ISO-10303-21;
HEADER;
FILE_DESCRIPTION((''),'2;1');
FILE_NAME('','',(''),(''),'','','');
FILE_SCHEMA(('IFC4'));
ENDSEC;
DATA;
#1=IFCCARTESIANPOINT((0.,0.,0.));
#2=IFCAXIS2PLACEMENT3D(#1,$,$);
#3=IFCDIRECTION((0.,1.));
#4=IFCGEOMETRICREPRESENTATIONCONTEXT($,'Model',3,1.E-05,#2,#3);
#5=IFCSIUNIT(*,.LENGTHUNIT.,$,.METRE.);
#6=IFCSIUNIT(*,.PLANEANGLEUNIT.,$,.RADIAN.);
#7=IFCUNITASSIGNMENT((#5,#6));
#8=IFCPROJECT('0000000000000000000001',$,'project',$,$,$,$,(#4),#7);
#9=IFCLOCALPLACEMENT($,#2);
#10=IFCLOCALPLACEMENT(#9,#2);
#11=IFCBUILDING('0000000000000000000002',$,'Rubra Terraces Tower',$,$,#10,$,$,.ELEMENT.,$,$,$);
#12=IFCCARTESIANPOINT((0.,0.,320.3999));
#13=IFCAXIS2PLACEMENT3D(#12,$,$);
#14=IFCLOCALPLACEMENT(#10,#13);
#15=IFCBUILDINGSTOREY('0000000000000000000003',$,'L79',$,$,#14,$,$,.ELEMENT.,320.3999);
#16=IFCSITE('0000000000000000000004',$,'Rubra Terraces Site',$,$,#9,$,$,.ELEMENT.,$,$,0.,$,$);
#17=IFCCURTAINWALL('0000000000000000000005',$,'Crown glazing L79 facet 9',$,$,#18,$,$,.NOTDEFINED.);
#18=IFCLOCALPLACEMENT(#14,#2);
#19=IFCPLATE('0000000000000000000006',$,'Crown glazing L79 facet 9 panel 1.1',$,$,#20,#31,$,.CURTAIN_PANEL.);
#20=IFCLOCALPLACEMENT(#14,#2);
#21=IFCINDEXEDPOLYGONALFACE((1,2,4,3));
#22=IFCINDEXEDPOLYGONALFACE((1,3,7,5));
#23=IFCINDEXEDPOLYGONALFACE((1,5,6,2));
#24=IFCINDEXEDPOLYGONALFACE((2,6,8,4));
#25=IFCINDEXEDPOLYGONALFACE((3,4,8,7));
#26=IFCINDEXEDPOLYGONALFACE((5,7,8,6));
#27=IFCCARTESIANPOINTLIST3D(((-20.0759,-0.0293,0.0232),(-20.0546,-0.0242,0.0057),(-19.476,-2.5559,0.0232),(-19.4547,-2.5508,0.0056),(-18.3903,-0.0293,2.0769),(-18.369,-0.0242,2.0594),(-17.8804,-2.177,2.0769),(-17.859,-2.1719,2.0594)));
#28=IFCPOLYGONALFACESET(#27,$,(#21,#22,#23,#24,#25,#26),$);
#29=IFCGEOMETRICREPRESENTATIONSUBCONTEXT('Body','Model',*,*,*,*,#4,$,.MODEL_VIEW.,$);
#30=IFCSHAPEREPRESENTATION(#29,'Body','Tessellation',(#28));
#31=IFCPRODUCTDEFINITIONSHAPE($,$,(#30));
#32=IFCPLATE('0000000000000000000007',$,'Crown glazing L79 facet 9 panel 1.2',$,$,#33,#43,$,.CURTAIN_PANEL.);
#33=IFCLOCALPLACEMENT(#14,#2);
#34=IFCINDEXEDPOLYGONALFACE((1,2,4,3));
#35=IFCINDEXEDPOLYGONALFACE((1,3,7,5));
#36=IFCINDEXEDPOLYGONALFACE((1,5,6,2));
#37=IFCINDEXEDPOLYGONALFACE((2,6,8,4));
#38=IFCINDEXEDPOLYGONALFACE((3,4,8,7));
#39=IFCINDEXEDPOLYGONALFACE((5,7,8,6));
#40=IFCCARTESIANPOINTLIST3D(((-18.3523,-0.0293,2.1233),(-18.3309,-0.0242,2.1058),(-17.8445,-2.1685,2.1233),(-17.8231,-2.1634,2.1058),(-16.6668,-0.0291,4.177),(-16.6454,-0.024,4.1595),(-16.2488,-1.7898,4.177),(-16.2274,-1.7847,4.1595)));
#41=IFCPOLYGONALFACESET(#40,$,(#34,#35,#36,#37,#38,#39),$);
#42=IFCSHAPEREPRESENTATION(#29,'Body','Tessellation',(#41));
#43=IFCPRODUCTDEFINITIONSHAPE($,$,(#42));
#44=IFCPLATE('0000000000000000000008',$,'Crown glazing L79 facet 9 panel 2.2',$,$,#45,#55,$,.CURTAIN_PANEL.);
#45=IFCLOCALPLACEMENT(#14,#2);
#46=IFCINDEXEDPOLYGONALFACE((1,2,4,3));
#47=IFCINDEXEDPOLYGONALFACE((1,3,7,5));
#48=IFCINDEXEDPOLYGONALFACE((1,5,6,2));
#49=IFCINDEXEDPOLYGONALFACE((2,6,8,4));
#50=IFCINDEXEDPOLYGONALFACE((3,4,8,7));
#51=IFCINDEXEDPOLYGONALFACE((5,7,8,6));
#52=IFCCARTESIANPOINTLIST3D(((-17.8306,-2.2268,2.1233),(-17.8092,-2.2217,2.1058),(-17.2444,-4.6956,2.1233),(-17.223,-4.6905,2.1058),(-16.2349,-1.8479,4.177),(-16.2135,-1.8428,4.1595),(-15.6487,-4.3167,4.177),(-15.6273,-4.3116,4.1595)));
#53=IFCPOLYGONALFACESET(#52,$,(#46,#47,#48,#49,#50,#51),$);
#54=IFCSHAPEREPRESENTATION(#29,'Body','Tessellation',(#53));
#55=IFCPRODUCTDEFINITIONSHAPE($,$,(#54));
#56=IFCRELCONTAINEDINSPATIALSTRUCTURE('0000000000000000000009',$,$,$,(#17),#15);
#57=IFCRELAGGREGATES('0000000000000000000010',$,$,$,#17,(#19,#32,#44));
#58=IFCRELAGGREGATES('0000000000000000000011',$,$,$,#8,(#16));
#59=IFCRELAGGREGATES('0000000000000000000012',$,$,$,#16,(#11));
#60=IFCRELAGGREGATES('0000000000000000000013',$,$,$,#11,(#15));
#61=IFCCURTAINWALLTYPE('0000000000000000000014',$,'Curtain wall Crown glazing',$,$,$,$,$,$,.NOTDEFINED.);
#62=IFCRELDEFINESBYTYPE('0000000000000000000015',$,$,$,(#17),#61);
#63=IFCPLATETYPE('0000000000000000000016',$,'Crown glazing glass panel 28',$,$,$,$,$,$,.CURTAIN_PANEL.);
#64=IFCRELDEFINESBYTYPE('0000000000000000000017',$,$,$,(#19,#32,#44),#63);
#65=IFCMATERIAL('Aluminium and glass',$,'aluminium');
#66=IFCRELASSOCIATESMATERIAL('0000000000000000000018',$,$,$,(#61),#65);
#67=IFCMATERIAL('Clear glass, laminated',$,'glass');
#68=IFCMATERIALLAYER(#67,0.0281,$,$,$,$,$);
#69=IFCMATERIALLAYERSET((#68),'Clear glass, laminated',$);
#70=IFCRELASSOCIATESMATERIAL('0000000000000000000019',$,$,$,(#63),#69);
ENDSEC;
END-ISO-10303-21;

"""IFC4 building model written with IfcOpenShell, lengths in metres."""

from ifc_helpers import new_model, si_unit, direction, frame, origin, place, context, subcontext, project, spatial, polyline, outline, extrude, material, layer, layer_set, type_object, element, aggregate, save


model = new_model("IFC4")

# Units and contexts
model_context = context("Model", 3, precision=1e-05, world=origin(), true_north=direction((0.0, 1.0)))
body_context = subcontext(model_context, "Body", "Model", "MODEL_VIEW")
ifc_project = project(units=[si_unit("LENGTHUNIT", "METRE"), si_unit("PLANEANGLEUNIT", "RADIAN")], contexts=[model_context])

# Site, building, storey
site_placement = place(None, origin())
site = spatial("IfcSite", under=ifc_project, at=site_placement, Name="Rubra Terraces Site", CompositionType="ELEMENT", RefElevation=0.0)
building_placement = place(site_placement, origin())
building = spatial("IfcBuilding", under=site, at=building_placement, Name="Rubra Terraces Tower", CompositionType="ELEMENT")
storey_placement = place(building_placement, frame((0.0, 0.0, 320.3999)))
storey = spatial("IfcBuildingStorey", under=building, at=storey_placement, Name="L79", CompositionType="ELEMENT", Elevation=320.3999)

# Shared definitions
ifc_material_1 = material(Name="Aluminium and glass", Category="aluminium")
curtain_wall_type = type_object("IfcCurtainWallType", Name="Curtain wall Crown glazing", PredefinedType="NOTDEFINED", material=ifc_material_1)

# Curtain wall
curtain_wall_1_placement = place(storey_placement, origin())
curtain_wall_1 = element("IfcCurtainWall", 1, at=curtain_wall_1_placement, inside=storey, type_object=curtain_wall_type, Name="Crown glazing L79 facet 9", PredefinedType="NOTDEFINED")

# Plates
ifc_material_2 = material(Name="Clear glass, laminated", Category="glass")
ifc_layer = layer(ifc_material_2, 0.0281)
ifc_layer_set = layer_set([ifc_layer], Name="Clear glass, laminated")
plate_type = type_object("IfcPlateType", Name="Crown glazing glass panel 28", PredefinedType="CURTAIN_PANEL", material=ifc_layer_set)
plate_1_placement = place(storey_placement, frame((-20.0759, -0.0293, 0.0232), z_axis=(-0.76028, -0.18052, 0.624009), x_axis=(0.231007, -0.972952, -0.000011)))
plate_1 = element("IfcPlate", 2, at=plate_1_placement, type_object=plate_type, Name="Crown glazing L79 facet 9 panel 1.1", PredefinedType="CURTAIN_PANEL", context=body_context, shape_type="SweptSolid", body=[
    extrude(outline(polyline([(0.0, 0.0), (2.5968, 0.0), (2.5968, 2.6282), (0.3894, 2.6282), (0.0, 0.0)])), origin(), (0.0, 0.0, -1.0), 0.0281),
])
plate_2_placement = place(storey_placement, frame((-18.3523, -0.0293, 2.1233), z_axis=(-0.760287, -0.180481, 0.624011), x_axis=(0.230968, -0.972961, 0.000001)))
plate_2 = element("IfcPlate", 3, at=plate_2_placement, type_object=plate_type, Name="Crown glazing L79 facet 9 panel 1.2", PredefinedType="CURTAIN_PANEL", context=body_context, shape_type="SweptSolid", body=[
    extrude(outline(polyline([(0.0, 0.0), (2.1986, 0.0), (2.1987, 2.6282), (0.3891, 2.6282), (0.0, 0.0)])), origin(), (0.0, 0.0, -1.0), 0.0281),
])
plate_3_placement = place(storey_placement, frame((-17.8306, -2.2268, 2.1233), z_axis=(-0.760269, -0.180519, 0.624023), x_axis=(0.231018, -0.97295, 0.0)))
plate_3 = element("IfcPlate", 4, at=plate_3_placement, type_object=plate_type, Name="Crown glazing L79 facet 9 panel 2.2", PredefinedType="CURTAIN_PANEL", context=body_context, shape_type="SweptSolid", body=[
    extrude(outline(polyline([(0.0, 0.0), (2.5374, 0.0), (2.5374, 2.6282), (0.0, 2.6282), (0.0, 0.0)])), origin(), (0.0, 0.0, -1.0), 0.0281),
])
aggregate(curtain_wall_1, [plate_1, plate_2, plate_3])

save(model, "model.ifc")
